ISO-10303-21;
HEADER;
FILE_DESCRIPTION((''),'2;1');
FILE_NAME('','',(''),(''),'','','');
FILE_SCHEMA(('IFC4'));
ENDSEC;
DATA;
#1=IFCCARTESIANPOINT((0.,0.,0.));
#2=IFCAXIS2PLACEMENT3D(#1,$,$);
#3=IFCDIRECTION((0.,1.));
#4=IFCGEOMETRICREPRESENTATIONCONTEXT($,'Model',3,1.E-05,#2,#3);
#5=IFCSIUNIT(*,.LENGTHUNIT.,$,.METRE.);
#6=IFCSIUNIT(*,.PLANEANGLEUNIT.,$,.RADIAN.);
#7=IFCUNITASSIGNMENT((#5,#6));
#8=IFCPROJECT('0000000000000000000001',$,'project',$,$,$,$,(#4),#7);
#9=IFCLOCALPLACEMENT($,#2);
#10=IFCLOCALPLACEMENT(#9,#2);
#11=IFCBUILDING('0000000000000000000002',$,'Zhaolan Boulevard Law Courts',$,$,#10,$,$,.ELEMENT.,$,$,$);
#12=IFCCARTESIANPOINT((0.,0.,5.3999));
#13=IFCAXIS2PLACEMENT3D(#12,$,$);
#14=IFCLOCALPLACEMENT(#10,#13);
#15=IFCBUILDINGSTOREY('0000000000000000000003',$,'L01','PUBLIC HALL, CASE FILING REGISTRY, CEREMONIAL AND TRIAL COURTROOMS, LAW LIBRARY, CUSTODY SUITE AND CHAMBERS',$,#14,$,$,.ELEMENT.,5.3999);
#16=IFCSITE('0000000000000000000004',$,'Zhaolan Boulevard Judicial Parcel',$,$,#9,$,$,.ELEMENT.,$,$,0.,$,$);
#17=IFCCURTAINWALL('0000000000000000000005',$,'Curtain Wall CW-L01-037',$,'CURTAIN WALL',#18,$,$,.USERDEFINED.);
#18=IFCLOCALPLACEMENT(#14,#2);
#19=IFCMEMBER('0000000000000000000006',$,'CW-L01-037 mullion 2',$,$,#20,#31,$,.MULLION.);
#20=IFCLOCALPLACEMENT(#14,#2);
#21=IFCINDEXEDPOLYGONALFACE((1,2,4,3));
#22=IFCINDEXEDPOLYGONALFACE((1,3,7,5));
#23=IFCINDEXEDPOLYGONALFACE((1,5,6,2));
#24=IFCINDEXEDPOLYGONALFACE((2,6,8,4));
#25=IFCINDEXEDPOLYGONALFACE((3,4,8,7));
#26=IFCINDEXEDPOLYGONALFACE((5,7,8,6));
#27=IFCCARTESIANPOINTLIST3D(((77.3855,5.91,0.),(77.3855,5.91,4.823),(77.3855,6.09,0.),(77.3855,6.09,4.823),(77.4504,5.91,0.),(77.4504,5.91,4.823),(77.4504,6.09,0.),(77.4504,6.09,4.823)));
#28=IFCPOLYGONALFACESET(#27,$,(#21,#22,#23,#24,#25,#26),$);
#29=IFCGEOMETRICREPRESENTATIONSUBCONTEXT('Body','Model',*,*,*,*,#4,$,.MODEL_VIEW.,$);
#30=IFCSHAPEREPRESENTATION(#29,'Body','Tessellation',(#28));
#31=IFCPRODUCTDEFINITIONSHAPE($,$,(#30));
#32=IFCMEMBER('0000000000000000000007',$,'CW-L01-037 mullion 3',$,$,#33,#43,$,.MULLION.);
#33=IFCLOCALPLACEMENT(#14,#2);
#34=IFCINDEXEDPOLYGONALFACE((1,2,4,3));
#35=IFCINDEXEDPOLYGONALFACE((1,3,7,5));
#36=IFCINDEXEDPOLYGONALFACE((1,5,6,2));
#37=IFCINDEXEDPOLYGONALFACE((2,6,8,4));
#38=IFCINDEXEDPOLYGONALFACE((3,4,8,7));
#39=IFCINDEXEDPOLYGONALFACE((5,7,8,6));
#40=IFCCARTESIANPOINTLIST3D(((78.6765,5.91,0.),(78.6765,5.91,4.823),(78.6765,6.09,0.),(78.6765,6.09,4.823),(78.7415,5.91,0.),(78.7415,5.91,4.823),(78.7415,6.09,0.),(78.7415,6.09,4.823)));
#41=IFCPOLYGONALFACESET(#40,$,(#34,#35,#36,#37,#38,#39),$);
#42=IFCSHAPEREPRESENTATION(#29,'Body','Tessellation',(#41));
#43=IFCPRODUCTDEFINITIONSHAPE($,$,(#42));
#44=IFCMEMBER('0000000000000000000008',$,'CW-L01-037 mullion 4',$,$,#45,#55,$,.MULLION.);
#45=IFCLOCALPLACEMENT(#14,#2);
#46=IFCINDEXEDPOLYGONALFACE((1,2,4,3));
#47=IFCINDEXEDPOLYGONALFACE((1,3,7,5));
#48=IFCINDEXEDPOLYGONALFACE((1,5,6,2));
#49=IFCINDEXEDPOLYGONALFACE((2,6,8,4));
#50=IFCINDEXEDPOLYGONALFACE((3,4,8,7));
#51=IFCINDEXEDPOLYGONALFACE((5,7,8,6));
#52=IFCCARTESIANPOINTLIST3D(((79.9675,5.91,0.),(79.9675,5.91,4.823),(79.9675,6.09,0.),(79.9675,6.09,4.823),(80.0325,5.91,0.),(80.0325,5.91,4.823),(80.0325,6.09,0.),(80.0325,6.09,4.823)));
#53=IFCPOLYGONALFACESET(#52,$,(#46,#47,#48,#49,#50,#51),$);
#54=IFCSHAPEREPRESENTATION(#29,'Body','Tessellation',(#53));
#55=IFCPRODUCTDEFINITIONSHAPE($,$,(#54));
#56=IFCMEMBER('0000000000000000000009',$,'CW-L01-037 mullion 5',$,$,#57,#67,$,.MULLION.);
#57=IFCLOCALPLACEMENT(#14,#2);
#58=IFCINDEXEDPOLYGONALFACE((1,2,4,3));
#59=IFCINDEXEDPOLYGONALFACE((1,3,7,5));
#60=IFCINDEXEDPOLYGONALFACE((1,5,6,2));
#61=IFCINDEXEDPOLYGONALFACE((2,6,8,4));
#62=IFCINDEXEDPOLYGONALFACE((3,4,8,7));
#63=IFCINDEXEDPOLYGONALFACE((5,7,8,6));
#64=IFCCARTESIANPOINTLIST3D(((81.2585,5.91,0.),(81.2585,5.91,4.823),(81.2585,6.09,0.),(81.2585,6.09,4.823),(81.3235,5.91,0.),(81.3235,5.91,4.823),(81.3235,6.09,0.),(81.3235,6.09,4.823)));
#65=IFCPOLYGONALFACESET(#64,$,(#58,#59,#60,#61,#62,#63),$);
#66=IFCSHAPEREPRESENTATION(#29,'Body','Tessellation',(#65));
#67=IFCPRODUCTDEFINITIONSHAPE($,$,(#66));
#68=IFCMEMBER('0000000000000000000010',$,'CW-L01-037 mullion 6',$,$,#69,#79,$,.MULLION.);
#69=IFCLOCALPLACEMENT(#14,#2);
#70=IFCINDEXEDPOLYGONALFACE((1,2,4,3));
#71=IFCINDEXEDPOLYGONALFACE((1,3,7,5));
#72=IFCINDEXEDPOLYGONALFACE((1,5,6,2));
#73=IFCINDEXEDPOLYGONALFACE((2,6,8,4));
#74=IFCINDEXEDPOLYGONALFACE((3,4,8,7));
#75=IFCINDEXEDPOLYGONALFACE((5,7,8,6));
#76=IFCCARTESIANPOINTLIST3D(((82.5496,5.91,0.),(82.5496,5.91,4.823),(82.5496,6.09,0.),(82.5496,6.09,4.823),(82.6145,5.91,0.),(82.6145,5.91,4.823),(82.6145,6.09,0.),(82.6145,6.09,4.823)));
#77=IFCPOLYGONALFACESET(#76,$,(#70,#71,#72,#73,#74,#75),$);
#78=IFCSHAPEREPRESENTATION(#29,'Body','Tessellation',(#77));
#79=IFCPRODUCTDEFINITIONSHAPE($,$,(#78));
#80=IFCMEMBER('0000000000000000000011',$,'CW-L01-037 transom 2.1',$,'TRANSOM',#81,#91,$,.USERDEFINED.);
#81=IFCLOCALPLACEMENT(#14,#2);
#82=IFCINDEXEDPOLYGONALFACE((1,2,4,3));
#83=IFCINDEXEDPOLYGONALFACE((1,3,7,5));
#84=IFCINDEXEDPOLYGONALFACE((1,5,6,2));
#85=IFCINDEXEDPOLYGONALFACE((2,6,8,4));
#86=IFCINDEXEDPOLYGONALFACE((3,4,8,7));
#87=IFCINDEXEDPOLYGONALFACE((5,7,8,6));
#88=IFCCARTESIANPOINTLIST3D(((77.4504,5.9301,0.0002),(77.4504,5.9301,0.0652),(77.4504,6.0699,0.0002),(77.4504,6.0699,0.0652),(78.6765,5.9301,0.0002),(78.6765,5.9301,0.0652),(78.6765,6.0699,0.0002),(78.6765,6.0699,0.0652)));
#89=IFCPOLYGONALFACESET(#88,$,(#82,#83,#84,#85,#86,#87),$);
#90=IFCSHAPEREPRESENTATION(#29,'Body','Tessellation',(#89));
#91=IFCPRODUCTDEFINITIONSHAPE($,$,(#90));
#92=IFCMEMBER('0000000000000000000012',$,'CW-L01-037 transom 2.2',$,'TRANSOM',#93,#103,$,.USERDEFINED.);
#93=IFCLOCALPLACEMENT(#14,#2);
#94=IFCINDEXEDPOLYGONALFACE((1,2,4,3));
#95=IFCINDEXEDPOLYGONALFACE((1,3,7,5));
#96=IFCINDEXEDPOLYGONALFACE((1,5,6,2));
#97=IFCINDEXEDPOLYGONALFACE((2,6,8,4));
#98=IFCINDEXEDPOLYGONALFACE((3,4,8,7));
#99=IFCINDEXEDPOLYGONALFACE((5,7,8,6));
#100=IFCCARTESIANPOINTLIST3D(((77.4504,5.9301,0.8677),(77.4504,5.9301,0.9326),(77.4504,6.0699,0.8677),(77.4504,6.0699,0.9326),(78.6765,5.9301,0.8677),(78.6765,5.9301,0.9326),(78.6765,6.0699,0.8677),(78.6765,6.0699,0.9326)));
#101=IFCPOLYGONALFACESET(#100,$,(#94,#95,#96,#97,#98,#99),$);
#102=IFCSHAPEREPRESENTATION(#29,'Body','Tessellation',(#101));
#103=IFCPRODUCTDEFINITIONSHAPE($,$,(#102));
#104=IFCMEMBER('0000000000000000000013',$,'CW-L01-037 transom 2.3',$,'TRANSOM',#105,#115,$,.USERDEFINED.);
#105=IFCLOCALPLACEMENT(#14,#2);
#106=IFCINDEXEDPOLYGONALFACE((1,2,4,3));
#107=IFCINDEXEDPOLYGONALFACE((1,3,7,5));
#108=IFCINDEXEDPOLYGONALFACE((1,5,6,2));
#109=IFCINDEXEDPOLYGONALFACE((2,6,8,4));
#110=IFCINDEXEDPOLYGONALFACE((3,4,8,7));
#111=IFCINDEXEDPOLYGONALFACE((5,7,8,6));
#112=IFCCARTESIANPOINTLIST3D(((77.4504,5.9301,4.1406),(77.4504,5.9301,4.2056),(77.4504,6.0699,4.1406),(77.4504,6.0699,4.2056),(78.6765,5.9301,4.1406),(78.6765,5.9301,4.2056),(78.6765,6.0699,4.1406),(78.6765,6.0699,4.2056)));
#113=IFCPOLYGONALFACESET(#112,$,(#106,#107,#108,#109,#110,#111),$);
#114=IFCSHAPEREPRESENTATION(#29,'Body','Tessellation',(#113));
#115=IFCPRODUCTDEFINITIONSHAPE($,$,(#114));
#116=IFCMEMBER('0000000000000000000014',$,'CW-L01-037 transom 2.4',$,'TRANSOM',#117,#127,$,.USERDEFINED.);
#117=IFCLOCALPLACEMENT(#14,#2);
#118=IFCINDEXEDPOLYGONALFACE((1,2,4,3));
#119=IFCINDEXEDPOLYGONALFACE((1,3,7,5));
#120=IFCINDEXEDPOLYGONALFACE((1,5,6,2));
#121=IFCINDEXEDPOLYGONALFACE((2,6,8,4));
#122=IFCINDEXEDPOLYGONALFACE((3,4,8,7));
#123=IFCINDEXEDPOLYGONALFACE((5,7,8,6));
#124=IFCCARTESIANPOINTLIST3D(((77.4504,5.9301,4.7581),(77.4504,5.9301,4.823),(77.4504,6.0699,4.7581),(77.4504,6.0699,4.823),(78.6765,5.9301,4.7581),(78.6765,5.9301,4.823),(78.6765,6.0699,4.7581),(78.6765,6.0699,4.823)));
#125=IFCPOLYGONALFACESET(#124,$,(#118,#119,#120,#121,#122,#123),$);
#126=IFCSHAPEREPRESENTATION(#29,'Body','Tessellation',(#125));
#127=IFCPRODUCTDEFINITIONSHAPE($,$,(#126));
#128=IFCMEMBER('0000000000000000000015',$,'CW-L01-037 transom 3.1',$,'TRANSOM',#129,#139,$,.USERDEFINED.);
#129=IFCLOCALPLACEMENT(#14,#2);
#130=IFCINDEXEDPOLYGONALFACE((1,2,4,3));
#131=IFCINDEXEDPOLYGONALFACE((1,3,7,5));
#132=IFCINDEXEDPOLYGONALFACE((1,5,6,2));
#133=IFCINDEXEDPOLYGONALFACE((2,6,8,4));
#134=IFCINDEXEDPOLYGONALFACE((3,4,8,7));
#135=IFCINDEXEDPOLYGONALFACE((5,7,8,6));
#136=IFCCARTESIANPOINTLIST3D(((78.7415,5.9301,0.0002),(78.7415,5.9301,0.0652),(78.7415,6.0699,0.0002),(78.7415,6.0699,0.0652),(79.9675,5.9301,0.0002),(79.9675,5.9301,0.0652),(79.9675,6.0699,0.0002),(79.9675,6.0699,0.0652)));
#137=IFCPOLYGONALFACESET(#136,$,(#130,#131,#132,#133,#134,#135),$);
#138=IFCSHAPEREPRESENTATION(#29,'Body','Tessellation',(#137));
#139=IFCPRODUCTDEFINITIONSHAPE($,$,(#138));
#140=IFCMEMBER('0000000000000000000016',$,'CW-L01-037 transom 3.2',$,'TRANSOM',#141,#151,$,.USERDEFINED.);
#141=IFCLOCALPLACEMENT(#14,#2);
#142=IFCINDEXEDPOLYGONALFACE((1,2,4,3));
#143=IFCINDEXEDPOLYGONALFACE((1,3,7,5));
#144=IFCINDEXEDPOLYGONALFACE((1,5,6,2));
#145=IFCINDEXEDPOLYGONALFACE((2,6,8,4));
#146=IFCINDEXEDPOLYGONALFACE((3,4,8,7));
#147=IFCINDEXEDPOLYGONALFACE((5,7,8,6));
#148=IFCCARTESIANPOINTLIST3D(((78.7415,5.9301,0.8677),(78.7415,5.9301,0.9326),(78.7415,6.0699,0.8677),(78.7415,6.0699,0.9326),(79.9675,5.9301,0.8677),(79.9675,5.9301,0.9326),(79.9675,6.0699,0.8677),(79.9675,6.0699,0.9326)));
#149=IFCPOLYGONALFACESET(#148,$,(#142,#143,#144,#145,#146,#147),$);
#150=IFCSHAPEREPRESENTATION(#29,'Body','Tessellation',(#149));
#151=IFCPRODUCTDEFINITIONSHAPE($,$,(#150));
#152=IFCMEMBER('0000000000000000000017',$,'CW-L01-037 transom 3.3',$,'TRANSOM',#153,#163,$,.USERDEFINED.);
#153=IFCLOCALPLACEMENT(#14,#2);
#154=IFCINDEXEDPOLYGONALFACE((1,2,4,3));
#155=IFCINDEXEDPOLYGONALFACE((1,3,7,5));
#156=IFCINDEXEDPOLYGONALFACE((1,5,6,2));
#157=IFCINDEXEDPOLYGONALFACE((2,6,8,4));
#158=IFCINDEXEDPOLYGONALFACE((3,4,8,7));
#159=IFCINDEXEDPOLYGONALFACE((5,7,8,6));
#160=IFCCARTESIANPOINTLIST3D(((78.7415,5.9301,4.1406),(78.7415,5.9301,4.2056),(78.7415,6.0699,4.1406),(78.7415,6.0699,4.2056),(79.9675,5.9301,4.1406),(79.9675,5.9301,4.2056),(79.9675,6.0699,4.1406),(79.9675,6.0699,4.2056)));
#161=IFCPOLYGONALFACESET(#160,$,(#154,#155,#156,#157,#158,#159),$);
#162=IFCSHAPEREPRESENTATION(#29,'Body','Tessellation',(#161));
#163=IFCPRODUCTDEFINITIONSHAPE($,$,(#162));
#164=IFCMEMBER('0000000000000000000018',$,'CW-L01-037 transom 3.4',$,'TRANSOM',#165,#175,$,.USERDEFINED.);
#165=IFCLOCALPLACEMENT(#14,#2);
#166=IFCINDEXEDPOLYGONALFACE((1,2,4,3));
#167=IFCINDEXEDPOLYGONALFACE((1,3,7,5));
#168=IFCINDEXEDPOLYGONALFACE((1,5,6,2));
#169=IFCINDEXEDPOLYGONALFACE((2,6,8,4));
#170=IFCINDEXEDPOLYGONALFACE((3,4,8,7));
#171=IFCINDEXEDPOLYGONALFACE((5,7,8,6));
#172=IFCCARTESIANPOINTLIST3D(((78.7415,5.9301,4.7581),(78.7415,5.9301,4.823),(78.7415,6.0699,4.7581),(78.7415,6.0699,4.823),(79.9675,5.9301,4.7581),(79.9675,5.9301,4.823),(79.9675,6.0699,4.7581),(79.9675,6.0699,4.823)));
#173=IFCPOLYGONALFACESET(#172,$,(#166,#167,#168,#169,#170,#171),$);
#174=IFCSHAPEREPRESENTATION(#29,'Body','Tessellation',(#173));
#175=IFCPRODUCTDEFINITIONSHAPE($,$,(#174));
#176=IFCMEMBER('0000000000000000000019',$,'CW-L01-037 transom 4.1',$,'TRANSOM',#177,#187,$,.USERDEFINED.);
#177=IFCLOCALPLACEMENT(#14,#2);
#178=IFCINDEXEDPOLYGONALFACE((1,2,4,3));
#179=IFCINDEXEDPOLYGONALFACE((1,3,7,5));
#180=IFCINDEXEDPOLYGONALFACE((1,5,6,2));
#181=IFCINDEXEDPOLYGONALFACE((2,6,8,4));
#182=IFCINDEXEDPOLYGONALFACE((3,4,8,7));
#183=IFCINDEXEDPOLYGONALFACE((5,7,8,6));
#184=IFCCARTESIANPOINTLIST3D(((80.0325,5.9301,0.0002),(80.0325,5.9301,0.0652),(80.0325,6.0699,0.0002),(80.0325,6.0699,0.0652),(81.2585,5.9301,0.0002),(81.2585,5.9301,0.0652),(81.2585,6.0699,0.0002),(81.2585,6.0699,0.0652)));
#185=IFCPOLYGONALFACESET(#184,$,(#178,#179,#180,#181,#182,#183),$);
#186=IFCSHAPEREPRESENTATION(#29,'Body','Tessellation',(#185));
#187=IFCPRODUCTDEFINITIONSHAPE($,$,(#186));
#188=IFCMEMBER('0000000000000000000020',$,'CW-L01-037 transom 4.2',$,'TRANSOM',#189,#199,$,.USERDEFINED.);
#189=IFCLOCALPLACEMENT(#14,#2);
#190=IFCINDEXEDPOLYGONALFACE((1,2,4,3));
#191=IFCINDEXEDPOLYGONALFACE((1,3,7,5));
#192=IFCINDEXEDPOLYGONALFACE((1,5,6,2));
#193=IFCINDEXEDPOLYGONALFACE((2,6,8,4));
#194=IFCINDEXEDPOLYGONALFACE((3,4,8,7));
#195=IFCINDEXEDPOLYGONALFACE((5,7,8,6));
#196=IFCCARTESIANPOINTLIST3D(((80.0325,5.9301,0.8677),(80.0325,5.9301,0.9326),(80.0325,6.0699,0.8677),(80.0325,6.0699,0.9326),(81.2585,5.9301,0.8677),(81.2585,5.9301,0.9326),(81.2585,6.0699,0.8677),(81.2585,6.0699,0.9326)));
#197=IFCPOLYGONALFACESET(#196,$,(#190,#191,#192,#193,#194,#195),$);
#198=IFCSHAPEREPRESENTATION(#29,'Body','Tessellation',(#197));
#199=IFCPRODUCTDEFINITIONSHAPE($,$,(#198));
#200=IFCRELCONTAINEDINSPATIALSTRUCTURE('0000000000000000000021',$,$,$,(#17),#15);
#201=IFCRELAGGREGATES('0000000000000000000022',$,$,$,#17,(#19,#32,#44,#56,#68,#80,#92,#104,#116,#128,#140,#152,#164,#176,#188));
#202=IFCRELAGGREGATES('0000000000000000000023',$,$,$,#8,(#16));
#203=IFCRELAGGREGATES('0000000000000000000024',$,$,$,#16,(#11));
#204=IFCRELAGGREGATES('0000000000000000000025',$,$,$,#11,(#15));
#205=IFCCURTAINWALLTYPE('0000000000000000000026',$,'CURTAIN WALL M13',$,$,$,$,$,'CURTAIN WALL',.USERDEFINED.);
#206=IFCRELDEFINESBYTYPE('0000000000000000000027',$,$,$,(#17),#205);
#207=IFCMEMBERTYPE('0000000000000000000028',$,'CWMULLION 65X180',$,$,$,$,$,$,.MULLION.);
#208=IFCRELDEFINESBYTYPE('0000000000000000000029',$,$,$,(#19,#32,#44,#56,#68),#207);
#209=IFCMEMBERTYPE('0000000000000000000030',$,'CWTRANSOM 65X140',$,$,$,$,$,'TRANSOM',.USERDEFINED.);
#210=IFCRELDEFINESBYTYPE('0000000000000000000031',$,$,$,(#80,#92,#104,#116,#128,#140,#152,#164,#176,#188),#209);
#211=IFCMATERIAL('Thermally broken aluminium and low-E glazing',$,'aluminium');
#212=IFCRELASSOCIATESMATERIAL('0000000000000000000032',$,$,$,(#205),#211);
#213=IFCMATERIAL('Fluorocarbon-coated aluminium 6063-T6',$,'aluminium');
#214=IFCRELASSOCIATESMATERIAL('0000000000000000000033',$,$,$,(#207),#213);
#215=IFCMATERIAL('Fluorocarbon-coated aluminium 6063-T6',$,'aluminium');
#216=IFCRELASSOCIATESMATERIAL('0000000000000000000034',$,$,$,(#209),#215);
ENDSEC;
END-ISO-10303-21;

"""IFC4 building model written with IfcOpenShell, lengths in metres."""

from ifc_helpers import new_model, si_unit, direction, frame, origin, origin_2d, place, context, subcontext, project, spatial, rectangle, extrude, material, material_profile, profile_set, type_object, element, aggregate, save


model = new_model("IFC4")

# Units and contexts
model_context = context("Model", 3, precision=1e-05, world=origin(), true_north=direction((0.0, 1.0)))
body_context = subcontext(model_context, "Body", "Model", "MODEL_VIEW")
ifc_project = project(units=[si_unit("LENGTHUNIT", "METRE"), si_unit("PLANEANGLEUNIT", "RADIAN")], contexts=[model_context])

# Site, building, storey
site_placement = place(None, origin())
site = spatial("IfcSite", under=ifc_project, at=site_placement, Name="Zhaolan Boulevard Judicial Parcel", CompositionType="ELEMENT", RefElevation=0.0)
building_placement = place(site_placement, origin())
building = spatial("IfcBuilding", under=site, at=building_placement, Name="Zhaolan Boulevard Law Courts", CompositionType="ELEMENT")
storey_placement = place(building_placement, frame((0.0, 0.0, 5.3999)))
storey = spatial("IfcBuildingStorey", under=building, at=storey_placement, Name="L01", Description="PUBLIC HALL, CASE FILING REGISTRY, CEREMONIAL AND TRIAL COURTROOMS, LAW LIBRARY, CUSTODY SUITE AND CHAMBERS", CompositionType="ELEMENT", Elevation=5.3999)

# Curtain wall, members
ifc_material_1 = material(Name="Thermally broken aluminium and low-E glazing", Category="aluminium")
curtain_wall_type = type_object("IfcCurtainWallType", Name="CURTAIN WALL M13", ElementType="CURTAIN WALL", PredefinedType="USERDEFINED", material=ifc_material_1)
curtain_wall_placement = place(storey_placement, origin())
curtain_wall = element("IfcCurtainWall", 1, at=curtain_wall_placement, inside=storey, type_object=curtain_wall_type, Name="Curtain Wall CW-L01-037", ObjectType="CURTAIN WALL", PredefinedType="USERDEFINED")
ifc_material_2 = material(Name="Fluorocarbon-coated aluminium 6063-T6", Category="aluminium")
ifc_material_profile_1 = material_profile(ifc_material_2, rectangle(XDim=0.1799, YDim=0.0649, at=origin_2d()), Name="AL65x180")
ifc_profile_set_1 = profile_set([ifc_material_profile_1], Name="Fluorocarbon-coated aluminium 6063-T6")
member_type_1 = type_object("IfcMemberType", Name="CWMULLION 65X180", PredefinedType="MULLION", material=ifc_profile_set_1)
member_1_placement = place(storey_placement, frame((77.418, 6.0, 0.0), z_axis=(0.0, 0.0, 1.0), x_axis=(0.0, 1.0, 0.0)))
member_1 = element("IfcMember", 2, at=member_1_placement, type_object=member_type_1, Name="CW-L01-037 mullion 2", PredefinedType="MULLION", context=body_context, shape_type="SweptSolid", body=[
    extrude(rectangle(XDim=0.1799, YDim=0.0649, at=origin_2d()), origin(), (0.0, 0.0, 1.0), 4.823),
])
member_2_placement = place(storey_placement, frame((78.709, 6.0, 0.0), z_axis=(0.0, 0.0, 1.0), x_axis=(0.0, 1.0, 0.0)))
member_2 = element("IfcMember", 3, at=member_2_placement, type_object=member_type_1, Name="CW-L01-037 mullion 3", PredefinedType="MULLION", context=body_context, shape_type="SweptSolid", body=[
    extrude(rectangle(XDim=0.1799, YDim=0.0649, at=origin_2d()), origin(), (0.0, 0.0, 1.0), 4.823),
])
member_3_placement = place(storey_placement, frame((80.0, 6.0, 0.0), z_axis=(0.0, 0.0, 1.0), x_axis=(0.0, 1.0, 0.0)))
member_3 = element("IfcMember", 4, at=member_3_placement, type_object=member_type_1, Name="CW-L01-037 mullion 4", PredefinedType="MULLION", context=body_context, shape_type="SweptSolid", body=[
    extrude(rectangle(XDim=0.1799, YDim=0.0649, at=origin_2d()), origin(), (0.0, 0.0, 1.0), 4.823),
])
member_4_placement = place(storey_placement, frame((81.291, 6.0, 0.0), z_axis=(0.0, 0.0, 1.0), x_axis=(0.0, 1.0, 0.0)))
member_4 = element("IfcMember", 5, at=member_4_placement, type_object=member_type_1, Name="CW-L01-037 mullion 5", PredefinedType="MULLION", context=body_context, shape_type="SweptSolid", body=[
    extrude(rectangle(XDim=0.1799, YDim=0.0649, at=origin_2d()), origin(), (0.0, 0.0, 1.0), 4.823),
])
member_5_placement = place(storey_placement, frame((82.582, 6.0, 0.0), z_axis=(0.0, 0.0, 1.0), x_axis=(0.0, 1.0, 0.0)))
member_5 = element("IfcMember", 6, at=member_5_placement, type_object=member_type_1, Name="CW-L01-037 mullion 6", PredefinedType="MULLION", context=body_context, shape_type="SweptSolid", body=[
    extrude(rectangle(XDim=0.1799, YDim=0.0649, at=origin_2d()), origin(), (0.0, 0.0, 1.0), 4.823),
])
ifc_material_3 = material(Name="Fluorocarbon-coated aluminium 6063-T6", Category="aluminium")
ifc_material_profile_2 = material_profile(ifc_material_3, rectangle(XDim=0.1399, YDim=0.0649, at=origin_2d()), Name="AL65x140")
ifc_profile_set_2 = profile_set([ifc_material_profile_2], Name="Fluorocarbon-coated aluminium 6063-T6")
member_type_2 = type_object("IfcMemberType", Name="CWTRANSOM 65X140", ElementType="TRANSOM", PredefinedType="USERDEFINED", material=ifc_profile_set_2)
member_6_placement = place(storey_placement, frame((77.4504, 6.0, 0.0327), z_axis=(1.0, 0.0, 0.0), x_axis=(0.0, 1.0, 0.0)))
member_6 = element("IfcMember", 7, at=member_6_placement, type_object=member_type_2, Name="CW-L01-037 transom 2.1", ObjectType="TRANSOM", PredefinedType="USERDEFINED", context=body_context, shape_type="SweptSolid", body=[
    extrude(rectangle(XDim=0.1399, YDim=0.0649, at=origin_2d()), origin(), (0.0, 0.0, 1.0), 1.2261),
])
member_7_placement = place(storey_placement, frame((77.4504, 6.0, 0.9001), z_axis=(1.0, 0.0, 0.0), x_axis=(0.0, 1.0, 0.0)))
member_7 = element("IfcMember", 8, at=member_7_placement, type_object=member_type_2, Name="CW-L01-037 transom 2.2", ObjectType="TRANSOM", PredefinedType="USERDEFINED", context=body_context, shape_type="SweptSolid", body=[
    extrude(rectangle(XDim=0.1399, YDim=0.0649, at=origin_2d()), origin(), (0.0, 0.0, 1.0), 1.2261),
])
member_8_placement = place(storey_placement, frame((77.4504, 6.0, 4.1731), z_axis=(1.0, 0.0, 0.0), x_axis=(0.0, 1.0, 0.0)))
member_8 = element("IfcMember", 9, at=member_8_placement, type_object=member_type_2, Name="CW-L01-037 transom 2.3", ObjectType="TRANSOM", PredefinedType="USERDEFINED", context=body_context, shape_type="SweptSolid", body=[
    extrude(rectangle(XDim=0.1399, YDim=0.0649, at=origin_2d()), origin(), (0.0, 0.0, 1.0), 1.2261),
])
member_9_placement = place(storey_placement, frame((77.4504, 6.0, 4.7905), z_axis=(1.0, 0.0, 0.0), x_axis=(0.0, 1.0, 0.0)))
member_9 = element("IfcMember", 10, at=member_9_placement, type_object=member_type_2, Name="CW-L01-037 transom 2.4", ObjectType="TRANSOM", PredefinedType="USERDEFINED", context=body_context, shape_type="SweptSolid", body=[
    extrude(rectangle(XDim=0.1399, YDim=0.0649, at=origin_2d()), origin(), (0.0, 0.0, 1.0), 1.2261),
])
member_10_placement = place(storey_placement, frame((78.7415, 6.0, 0.0327), z_axis=(1.0, 0.0, 0.0), x_axis=(0.0, 1.0, 0.0)))
member_10 = element("IfcMember", 11, at=member_10_placement, type_object=member_type_2, Name="CW-L01-037 transom 3.1", ObjectType="TRANSOM", PredefinedType="USERDEFINED", context=body_context, shape_type="SweptSolid", body=[
    extrude(rectangle(XDim=0.1399, YDim=0.0649, at=origin_2d()), origin(), (0.0, 0.0, 1.0), 1.2261),
])
member_11_placement = place(storey_placement, frame((78.7415, 6.0, 0.9001), z_axis=(1.0, 0.0, 0.0), x_axis=(0.0, 1.0, 0.0)))
member_11 = element("IfcMember", 12, at=member_11_placement, type_object=member_type_2, Name="CW-L01-037 transom 3.2", ObjectType="TRANSOM", PredefinedType="USERDEFINED", context=body_context, shape_type="SweptSolid", body=[
    extrude(rectangle(XDim=0.1399, YDim=0.0649, at=origin_2d()), origin(), (0.0, 0.0, 1.0), 1.2261),
])
member_12_placement = place(storey_placement, frame((78.7415, 6.0, 4.1731), z_axis=(1.0, 0.0, 0.0), x_axis=(0.0, 1.0, 0.0)))
member_12 = element("IfcMember", 13, at=member_12_placement, type_object=member_type_2, Name="CW-L01-037 transom 3.3", ObjectType="TRANSOM", PredefinedType="USERDEFINED", context=body_context, shape_type="SweptSolid", body=[
    extrude(rectangle(XDim=0.1399, YDim=0.0649, at=origin_2d()), origin(), (0.0, 0.0, 1.0), 1.2261),
])
member_13_placement = place(storey_placement, frame((78.7415, 6.0, 4.7905), z_axis=(1.0, 0.0, 0.0), x_axis=(0.0, 1.0, 0.0)))
member_13 = element("IfcMember", 14, at=member_13_placement, type_object=member_type_2, Name="CW-L01-037 transom 3.4", ObjectType="TRANSOM", PredefinedType="USERDEFINED", context=body_context, shape_type="SweptSolid", body=[
    extrude(rectangle(XDim=0.1399, YDim=0.0649, at=origin_2d()), origin(), (0.0, 0.0, 1.0), 1.2261),
])
member_14_placement = place(storey_placement, frame((80.0325, 6.0, 0.0327), z_axis=(1.0, 0.0, 0.0), x_axis=(0.0, 1.0, 0.0)))
member_14 = element("IfcMember", 15, at=member_14_placement, type_object=member_type_2, Name="CW-L01-037 transom 4.1", ObjectType="TRANSOM", PredefinedType="USERDEFINED", context=body_context, shape_type="SweptSolid", body=[
    extrude(rectangle(XDim=0.1399, YDim=0.0649, at=origin_2d()), origin(), (0.0, 0.0, 1.0), 1.2261),
])
member_15_placement = place(storey_placement, frame((80.0325, 6.0, 0.9001), z_axis=(1.0, 0.0, 0.0), x_axis=(0.0, 1.0, 0.0)))
member_15 = element("IfcMember", 16, at=member_15_placement, type_object=member_type_2, Name="CW-L01-037 transom 4.2", ObjectType="TRANSOM", PredefinedType="USERDEFINED", context=body_context, shape_type="SweptSolid", body=[
    extrude(rectangle(XDim=0.1399, YDim=0.0649, at=origin_2d()), origin(), (0.0, 0.0, 1.0), 1.2261),
])
aggregate(curtain_wall, [member_1, member_2, member_3, member_4, member_5, member_6, member_7, member_8, member_9, member_10, member_11, member_12, member_13, member_14, member_15])

save(model, "model.ifc")
